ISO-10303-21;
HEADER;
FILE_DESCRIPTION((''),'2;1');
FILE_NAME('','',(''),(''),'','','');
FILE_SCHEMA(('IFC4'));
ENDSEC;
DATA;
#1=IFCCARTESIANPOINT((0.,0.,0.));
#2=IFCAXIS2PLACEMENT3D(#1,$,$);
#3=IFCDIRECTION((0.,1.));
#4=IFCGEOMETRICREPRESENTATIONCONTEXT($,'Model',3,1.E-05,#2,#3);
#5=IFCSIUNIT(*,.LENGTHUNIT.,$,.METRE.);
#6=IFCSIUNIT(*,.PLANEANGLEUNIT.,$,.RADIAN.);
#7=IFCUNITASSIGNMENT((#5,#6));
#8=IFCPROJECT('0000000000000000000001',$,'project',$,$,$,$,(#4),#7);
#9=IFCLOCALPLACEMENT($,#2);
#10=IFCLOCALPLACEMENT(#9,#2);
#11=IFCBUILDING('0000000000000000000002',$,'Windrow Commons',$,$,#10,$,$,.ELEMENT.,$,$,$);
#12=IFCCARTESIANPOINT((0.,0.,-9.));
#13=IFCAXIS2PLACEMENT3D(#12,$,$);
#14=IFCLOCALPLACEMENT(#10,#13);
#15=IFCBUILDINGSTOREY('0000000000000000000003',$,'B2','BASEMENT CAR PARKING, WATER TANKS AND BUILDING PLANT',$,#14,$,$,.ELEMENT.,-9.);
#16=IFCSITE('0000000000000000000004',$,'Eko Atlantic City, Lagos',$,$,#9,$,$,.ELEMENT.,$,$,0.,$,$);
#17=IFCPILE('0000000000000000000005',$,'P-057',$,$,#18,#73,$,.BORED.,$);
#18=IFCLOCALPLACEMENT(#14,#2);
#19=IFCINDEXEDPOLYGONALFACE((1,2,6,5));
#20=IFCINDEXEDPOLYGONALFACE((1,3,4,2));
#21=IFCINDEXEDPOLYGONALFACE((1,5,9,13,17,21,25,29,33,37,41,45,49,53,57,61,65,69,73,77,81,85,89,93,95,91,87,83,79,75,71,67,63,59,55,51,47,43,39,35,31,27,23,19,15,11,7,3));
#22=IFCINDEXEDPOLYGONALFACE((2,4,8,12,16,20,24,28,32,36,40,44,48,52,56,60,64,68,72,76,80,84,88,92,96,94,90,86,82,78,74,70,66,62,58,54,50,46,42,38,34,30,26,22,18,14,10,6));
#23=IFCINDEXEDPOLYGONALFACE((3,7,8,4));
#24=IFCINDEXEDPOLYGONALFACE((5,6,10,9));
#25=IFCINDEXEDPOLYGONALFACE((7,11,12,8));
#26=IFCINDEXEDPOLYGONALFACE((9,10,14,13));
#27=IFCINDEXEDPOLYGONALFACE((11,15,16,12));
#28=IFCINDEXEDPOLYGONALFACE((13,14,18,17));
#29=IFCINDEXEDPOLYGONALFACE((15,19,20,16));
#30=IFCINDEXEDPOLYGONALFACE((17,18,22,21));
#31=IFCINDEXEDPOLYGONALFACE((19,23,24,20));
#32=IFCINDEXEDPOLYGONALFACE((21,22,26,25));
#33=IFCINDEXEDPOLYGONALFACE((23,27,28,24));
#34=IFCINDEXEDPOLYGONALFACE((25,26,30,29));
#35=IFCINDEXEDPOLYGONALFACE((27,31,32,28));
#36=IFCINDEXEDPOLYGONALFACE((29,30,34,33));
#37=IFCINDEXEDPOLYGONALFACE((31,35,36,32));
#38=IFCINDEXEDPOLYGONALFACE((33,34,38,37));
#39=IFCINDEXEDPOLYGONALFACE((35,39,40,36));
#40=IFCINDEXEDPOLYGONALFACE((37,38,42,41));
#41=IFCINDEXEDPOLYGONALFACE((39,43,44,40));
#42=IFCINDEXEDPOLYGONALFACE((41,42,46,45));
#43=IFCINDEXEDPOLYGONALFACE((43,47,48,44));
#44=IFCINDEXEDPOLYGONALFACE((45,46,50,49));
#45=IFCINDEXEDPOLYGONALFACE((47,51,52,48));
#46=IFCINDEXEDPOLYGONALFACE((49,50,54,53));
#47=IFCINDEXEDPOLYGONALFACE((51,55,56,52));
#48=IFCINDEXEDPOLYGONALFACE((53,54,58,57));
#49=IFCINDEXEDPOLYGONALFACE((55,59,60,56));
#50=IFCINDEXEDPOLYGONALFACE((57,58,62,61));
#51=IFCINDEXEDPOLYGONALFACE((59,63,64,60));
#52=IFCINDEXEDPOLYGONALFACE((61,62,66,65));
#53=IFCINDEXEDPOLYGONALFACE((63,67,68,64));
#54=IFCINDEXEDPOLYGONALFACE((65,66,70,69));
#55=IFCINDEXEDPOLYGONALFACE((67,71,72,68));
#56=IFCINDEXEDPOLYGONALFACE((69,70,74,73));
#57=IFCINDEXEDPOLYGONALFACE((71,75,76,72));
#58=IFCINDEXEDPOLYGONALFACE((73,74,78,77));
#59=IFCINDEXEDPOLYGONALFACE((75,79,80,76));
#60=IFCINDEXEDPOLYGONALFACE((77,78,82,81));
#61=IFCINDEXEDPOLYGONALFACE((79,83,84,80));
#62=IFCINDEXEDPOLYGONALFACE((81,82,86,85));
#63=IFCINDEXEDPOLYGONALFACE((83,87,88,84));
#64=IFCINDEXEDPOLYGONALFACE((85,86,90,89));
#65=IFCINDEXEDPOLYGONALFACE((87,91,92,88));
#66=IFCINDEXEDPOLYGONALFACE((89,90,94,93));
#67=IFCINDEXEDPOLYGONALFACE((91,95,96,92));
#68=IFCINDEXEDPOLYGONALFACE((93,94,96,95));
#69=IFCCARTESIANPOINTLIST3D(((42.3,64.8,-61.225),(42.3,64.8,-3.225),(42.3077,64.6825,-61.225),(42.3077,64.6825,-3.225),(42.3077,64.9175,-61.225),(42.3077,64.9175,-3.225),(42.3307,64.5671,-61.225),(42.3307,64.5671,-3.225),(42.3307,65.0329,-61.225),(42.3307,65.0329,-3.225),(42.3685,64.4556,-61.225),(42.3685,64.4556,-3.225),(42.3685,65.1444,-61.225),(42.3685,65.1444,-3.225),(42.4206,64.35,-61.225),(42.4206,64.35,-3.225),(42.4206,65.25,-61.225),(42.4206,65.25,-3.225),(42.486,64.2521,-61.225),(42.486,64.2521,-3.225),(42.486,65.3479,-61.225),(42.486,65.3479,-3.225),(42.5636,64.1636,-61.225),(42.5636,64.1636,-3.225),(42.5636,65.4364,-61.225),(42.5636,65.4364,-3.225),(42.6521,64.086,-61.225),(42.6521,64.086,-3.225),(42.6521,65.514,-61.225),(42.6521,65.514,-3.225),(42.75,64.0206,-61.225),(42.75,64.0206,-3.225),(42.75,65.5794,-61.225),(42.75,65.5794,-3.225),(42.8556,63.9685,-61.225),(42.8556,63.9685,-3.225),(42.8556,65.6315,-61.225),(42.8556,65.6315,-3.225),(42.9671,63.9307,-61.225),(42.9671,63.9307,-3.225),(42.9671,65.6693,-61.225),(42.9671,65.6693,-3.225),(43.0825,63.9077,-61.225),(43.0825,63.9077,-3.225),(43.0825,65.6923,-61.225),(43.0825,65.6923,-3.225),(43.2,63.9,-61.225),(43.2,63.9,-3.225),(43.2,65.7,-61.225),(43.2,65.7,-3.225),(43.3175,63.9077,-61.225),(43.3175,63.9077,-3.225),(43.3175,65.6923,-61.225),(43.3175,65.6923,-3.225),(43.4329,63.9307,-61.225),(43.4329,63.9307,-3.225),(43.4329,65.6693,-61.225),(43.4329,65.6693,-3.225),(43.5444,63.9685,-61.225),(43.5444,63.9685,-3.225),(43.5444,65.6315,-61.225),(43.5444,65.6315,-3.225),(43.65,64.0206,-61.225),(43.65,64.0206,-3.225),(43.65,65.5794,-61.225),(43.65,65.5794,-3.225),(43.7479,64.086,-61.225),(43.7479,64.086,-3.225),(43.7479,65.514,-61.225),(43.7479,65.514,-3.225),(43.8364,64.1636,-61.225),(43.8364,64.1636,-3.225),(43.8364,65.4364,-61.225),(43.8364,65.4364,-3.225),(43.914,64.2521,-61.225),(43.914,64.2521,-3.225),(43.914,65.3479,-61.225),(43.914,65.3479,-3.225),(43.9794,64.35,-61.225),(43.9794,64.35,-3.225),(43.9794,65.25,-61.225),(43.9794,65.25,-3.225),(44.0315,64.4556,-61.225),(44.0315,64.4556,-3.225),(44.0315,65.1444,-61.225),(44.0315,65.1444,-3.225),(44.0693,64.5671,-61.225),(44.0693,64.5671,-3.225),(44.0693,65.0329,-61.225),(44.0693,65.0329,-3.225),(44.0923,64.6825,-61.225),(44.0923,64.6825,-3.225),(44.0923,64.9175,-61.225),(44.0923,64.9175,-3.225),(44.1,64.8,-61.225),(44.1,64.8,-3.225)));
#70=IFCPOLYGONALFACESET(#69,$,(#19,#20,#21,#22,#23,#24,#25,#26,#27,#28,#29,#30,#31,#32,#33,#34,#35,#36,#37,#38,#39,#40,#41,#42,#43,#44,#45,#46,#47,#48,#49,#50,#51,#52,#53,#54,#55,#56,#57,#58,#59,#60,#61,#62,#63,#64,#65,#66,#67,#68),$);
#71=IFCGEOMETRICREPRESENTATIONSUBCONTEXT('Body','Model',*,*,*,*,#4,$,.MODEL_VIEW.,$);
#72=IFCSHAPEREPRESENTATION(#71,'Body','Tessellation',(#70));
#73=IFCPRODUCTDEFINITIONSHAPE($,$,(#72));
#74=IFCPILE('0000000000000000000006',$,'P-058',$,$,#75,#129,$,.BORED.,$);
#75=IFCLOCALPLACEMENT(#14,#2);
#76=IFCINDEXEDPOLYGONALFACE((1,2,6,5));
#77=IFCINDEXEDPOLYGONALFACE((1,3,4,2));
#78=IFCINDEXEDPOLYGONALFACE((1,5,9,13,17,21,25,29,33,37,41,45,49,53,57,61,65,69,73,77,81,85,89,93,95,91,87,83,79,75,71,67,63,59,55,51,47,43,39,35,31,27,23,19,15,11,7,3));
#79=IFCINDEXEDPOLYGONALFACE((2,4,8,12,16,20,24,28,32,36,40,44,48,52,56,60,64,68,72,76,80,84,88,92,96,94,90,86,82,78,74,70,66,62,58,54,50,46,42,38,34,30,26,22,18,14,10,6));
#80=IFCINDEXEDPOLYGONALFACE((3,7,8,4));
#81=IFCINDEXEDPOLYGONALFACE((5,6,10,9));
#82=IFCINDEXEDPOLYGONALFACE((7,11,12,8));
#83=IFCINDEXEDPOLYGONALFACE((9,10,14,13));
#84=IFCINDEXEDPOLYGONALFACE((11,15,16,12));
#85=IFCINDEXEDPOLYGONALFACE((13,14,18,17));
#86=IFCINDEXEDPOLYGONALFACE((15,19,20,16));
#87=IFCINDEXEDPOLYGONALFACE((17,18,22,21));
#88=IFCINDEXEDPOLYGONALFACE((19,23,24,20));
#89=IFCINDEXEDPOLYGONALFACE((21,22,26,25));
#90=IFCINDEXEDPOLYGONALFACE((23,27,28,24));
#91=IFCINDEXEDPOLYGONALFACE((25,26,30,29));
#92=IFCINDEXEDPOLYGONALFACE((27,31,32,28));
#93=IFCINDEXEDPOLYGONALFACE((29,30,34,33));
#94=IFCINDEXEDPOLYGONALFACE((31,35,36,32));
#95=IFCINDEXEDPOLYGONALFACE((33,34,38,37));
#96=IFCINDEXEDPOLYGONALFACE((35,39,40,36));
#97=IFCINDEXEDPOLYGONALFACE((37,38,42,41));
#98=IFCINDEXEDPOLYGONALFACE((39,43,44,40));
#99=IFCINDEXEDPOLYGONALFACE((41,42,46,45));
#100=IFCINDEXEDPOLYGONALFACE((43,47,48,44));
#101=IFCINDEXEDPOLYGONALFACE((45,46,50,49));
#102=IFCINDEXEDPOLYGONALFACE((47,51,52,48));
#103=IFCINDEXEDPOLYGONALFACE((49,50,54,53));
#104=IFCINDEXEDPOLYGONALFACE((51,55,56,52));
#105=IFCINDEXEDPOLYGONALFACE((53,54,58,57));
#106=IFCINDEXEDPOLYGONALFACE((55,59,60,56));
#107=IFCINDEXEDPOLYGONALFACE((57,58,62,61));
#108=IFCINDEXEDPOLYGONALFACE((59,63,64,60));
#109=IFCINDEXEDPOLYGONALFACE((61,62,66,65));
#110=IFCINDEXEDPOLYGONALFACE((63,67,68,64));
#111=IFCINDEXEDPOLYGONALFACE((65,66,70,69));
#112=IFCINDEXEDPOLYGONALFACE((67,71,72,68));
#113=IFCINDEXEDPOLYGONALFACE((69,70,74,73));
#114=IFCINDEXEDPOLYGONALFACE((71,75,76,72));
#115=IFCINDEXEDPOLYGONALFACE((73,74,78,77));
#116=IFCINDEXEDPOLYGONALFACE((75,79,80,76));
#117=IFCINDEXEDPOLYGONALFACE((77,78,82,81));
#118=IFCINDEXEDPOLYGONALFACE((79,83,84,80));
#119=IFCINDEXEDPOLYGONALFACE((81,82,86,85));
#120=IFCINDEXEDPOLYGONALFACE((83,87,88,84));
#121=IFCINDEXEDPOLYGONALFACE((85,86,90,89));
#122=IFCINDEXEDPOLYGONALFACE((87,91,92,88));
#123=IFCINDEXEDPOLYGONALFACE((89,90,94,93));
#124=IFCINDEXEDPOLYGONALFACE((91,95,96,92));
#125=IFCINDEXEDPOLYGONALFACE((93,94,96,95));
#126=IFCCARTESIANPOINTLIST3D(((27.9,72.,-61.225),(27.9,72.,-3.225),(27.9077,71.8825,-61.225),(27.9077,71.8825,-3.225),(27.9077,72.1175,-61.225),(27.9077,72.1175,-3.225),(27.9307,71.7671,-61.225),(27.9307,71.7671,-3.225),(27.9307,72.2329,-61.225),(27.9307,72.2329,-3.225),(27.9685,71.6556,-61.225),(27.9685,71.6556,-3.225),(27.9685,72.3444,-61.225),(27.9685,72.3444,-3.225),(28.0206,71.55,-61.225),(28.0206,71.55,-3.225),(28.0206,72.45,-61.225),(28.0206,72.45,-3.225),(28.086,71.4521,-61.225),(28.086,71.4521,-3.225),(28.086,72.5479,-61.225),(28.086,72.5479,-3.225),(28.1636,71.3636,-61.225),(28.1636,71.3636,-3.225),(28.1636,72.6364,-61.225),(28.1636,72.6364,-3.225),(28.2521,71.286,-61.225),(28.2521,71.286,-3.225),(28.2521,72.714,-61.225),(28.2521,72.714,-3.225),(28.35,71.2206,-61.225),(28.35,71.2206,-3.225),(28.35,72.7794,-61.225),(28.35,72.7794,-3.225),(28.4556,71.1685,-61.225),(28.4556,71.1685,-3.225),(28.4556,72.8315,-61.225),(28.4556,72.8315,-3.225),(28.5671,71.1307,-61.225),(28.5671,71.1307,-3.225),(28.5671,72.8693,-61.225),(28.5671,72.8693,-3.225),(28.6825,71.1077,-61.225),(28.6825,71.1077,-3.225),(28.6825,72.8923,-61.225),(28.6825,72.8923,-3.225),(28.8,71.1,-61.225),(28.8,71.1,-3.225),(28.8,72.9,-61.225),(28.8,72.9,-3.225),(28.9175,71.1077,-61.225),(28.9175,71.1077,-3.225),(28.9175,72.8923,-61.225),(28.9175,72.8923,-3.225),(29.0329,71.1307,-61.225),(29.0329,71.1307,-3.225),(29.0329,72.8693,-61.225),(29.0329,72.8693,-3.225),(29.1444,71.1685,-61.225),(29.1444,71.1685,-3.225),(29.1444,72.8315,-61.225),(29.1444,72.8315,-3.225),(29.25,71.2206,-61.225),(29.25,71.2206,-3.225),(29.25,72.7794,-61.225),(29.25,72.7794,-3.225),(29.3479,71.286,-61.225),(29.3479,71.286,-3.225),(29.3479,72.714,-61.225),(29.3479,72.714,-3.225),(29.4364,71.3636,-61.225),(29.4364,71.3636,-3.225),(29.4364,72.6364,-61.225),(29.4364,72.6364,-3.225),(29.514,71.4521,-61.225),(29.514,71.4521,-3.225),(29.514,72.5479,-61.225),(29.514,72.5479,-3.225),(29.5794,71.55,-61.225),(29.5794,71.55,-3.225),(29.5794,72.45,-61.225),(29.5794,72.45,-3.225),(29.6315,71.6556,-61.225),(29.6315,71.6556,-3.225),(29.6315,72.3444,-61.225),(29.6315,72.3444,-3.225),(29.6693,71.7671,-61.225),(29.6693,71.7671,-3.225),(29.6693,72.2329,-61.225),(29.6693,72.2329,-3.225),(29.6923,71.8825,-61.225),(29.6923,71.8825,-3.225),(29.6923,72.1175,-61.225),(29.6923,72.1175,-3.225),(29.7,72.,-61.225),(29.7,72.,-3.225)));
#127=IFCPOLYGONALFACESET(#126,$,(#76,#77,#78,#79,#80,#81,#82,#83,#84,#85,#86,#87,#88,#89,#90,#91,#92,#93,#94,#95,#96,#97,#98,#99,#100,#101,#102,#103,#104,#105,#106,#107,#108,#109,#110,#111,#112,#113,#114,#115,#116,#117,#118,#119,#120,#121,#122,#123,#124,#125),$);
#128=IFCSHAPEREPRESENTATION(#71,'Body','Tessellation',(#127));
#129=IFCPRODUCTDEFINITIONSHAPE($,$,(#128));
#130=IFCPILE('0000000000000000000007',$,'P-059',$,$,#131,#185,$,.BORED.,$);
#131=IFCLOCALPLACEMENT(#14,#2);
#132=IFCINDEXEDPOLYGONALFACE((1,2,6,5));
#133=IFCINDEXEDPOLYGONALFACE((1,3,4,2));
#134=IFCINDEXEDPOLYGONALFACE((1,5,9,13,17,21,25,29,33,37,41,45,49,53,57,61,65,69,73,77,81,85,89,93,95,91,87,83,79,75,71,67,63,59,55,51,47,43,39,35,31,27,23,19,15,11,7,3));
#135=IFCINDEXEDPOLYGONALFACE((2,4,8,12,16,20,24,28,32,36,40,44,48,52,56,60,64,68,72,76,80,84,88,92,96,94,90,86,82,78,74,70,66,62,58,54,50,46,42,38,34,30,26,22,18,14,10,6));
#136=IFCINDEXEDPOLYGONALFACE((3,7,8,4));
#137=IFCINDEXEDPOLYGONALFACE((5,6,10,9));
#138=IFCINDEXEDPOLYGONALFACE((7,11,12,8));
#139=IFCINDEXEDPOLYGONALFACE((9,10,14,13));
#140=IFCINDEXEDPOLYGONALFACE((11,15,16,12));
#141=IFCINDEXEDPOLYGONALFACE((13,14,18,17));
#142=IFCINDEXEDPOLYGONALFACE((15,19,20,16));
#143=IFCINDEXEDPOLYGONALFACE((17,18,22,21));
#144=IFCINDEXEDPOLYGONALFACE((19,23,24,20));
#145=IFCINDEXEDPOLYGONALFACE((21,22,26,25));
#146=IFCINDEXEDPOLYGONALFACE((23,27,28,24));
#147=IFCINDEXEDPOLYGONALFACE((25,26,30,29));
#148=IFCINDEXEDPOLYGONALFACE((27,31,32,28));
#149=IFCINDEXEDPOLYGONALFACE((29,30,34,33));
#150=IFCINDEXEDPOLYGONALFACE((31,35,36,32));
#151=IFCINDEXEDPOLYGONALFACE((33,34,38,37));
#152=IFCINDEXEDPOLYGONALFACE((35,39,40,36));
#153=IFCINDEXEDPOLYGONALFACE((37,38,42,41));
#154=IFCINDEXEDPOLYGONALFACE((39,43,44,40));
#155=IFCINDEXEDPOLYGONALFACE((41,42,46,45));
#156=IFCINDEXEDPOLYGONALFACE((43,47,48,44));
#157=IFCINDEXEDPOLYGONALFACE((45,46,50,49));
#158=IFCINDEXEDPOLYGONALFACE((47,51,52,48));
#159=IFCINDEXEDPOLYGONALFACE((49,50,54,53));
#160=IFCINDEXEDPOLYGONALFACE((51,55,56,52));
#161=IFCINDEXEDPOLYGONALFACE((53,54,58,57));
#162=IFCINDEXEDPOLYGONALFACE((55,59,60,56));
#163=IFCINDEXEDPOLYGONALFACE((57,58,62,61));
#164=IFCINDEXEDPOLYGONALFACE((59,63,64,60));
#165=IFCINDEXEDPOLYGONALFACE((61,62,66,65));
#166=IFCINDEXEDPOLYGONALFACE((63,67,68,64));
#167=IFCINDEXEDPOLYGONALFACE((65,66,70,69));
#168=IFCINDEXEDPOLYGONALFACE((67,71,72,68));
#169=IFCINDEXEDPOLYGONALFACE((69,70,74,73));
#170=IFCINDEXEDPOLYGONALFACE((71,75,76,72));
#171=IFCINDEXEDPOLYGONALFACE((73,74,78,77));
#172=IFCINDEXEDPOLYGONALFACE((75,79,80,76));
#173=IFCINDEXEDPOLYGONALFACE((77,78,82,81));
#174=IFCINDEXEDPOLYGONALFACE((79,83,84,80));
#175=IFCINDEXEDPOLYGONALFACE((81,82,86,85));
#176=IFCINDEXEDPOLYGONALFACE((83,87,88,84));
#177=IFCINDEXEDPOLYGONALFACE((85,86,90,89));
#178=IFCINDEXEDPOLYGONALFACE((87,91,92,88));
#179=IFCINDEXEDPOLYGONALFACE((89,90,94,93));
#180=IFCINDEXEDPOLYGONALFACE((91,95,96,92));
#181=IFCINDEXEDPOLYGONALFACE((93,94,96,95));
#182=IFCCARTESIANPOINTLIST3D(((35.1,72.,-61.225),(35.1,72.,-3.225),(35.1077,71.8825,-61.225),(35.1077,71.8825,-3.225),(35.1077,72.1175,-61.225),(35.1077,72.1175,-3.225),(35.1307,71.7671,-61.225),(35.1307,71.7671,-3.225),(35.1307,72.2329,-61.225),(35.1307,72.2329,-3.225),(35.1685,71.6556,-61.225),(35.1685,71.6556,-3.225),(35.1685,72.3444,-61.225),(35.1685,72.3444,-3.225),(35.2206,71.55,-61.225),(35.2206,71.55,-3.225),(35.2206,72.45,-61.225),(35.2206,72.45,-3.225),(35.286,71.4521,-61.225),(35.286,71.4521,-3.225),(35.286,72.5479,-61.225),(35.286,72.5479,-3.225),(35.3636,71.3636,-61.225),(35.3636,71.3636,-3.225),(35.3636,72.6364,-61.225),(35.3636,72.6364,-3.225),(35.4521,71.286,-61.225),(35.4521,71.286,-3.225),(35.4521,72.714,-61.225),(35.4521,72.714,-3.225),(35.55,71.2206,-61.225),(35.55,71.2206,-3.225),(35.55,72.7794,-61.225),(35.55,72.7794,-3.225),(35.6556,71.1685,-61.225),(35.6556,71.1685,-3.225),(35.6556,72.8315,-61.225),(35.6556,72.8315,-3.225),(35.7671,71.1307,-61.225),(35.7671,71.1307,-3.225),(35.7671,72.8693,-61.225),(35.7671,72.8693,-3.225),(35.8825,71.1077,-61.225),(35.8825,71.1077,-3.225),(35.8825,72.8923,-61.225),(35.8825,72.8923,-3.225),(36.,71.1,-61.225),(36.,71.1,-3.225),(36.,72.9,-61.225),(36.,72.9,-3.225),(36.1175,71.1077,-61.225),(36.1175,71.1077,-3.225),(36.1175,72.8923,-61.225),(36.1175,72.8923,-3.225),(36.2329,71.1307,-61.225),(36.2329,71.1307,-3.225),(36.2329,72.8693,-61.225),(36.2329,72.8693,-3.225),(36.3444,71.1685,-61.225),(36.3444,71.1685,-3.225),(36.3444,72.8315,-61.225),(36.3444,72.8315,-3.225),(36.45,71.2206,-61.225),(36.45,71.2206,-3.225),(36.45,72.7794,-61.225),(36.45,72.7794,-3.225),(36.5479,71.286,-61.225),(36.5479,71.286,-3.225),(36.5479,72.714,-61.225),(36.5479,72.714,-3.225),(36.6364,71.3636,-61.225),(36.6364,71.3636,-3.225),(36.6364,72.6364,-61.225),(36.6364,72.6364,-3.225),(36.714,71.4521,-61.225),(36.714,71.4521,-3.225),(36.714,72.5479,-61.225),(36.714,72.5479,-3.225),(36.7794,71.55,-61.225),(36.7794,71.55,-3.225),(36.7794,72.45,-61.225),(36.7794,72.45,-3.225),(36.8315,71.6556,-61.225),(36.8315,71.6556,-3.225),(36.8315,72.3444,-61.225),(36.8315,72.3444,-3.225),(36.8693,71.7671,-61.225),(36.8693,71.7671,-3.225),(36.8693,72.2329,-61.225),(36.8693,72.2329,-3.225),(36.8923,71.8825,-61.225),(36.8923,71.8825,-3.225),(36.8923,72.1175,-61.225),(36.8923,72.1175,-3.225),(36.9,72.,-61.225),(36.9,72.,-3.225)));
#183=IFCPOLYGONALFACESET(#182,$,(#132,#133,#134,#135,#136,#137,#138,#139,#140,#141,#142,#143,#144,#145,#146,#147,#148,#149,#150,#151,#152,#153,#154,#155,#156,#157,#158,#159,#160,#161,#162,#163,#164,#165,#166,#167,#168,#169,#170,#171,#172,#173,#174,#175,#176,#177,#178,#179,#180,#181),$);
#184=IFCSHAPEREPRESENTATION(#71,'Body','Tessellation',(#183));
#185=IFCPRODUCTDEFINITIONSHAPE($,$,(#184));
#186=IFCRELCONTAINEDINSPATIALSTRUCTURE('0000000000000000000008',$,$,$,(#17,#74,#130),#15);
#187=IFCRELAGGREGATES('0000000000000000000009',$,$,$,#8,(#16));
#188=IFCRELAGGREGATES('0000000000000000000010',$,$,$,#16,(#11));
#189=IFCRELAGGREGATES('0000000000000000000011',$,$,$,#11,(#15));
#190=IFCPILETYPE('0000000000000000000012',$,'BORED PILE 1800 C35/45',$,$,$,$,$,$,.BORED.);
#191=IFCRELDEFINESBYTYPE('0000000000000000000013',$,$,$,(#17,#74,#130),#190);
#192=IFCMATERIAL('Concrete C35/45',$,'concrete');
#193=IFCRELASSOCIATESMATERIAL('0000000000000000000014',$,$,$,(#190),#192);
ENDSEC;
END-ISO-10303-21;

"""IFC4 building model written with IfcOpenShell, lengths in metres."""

from ifc_helpers import new_model, si_unit, direction, frame, origin, origin_2d, place, context, subcontext, project, spatial, circle, extrude, material, material_profile, profile_set, type_object, element, save


model = new_model("IFC4")

# Units and contexts
model_context = context("Model", 3, precision=1e-05, world=origin(), true_north=direction((0.0, 1.0)))
body_context = subcontext(model_context, "Body", "Model", "MODEL_VIEW")
ifc_project = project(units=[si_unit("LENGTHUNIT", "METRE"), si_unit("PLANEANGLEUNIT", "RADIAN")], contexts=[model_context])

# Site, building, storey
site_placement = place(None, origin())
site = spatial("IfcSite", under=ifc_project, at=site_placement, Name="Eko Atlantic City, Lagos", CompositionType="ELEMENT", RefElevation=0.0)
building_placement = place(site_placement, origin())
building = spatial("IfcBuilding", under=site, at=building_placement, Name="Windrow Commons", CompositionType="ELEMENT")
storey_placement = place(building_placement, frame((0.0, 0.0, -9.0)))
storey = spatial("IfcBuildingStorey", under=building, at=storey_placement, Name="B2", Description="BASEMENT CAR PARKING, WATER TANKS AND BUILDING PLANT", CompositionType="ELEMENT", Elevation=-9.0)

# Piles
ifc_material_1 = material(Name="Concrete C35/45", Category="concrete")
ifc_material_profile_1 = material_profile(ifc_material_1, circle(Radius=0.9, at=origin_2d()))
ifc_profile_set_1 = profile_set([ifc_material_profile_1], Name="Concrete C35/45")
pile_type = type_object("IfcPileType", Name="BORED PILE 1800 C35/45", PredefinedType="BORED", material=ifc_profile_set_1)
for number, where, z_axis, x_axis, name in (
    (1, (43.2, 64.8, -3.225), (0.0, 0.0, -1.0), (1.0, 0.0, 0.0), "P-057"),
    (2, (28.8, 72.0, -3.225), (0.0, 0.0, -1.0), (1.0, 0.0, 0.0), "P-058"),
    (3, (36.0, 72.0, -3.225), (0.0, 0.0, -1.0), (1.0, 0.0, 0.0), "P-059"),
):
    element("IfcPile", number, at=place(storey_placement, frame(where, z_axis=z_axis, x_axis=x_axis)), inside=storey, type_object=pile_type, Name=name, PredefinedType="BORED", context=body_context, shape_type="SweptSolid", body=[
        extrude(circle(Radius=0.9, at=origin_2d()), origin(), (0.0, 0.0, 1.0), 58.0),
    ])

save(model, "model.ifc")
